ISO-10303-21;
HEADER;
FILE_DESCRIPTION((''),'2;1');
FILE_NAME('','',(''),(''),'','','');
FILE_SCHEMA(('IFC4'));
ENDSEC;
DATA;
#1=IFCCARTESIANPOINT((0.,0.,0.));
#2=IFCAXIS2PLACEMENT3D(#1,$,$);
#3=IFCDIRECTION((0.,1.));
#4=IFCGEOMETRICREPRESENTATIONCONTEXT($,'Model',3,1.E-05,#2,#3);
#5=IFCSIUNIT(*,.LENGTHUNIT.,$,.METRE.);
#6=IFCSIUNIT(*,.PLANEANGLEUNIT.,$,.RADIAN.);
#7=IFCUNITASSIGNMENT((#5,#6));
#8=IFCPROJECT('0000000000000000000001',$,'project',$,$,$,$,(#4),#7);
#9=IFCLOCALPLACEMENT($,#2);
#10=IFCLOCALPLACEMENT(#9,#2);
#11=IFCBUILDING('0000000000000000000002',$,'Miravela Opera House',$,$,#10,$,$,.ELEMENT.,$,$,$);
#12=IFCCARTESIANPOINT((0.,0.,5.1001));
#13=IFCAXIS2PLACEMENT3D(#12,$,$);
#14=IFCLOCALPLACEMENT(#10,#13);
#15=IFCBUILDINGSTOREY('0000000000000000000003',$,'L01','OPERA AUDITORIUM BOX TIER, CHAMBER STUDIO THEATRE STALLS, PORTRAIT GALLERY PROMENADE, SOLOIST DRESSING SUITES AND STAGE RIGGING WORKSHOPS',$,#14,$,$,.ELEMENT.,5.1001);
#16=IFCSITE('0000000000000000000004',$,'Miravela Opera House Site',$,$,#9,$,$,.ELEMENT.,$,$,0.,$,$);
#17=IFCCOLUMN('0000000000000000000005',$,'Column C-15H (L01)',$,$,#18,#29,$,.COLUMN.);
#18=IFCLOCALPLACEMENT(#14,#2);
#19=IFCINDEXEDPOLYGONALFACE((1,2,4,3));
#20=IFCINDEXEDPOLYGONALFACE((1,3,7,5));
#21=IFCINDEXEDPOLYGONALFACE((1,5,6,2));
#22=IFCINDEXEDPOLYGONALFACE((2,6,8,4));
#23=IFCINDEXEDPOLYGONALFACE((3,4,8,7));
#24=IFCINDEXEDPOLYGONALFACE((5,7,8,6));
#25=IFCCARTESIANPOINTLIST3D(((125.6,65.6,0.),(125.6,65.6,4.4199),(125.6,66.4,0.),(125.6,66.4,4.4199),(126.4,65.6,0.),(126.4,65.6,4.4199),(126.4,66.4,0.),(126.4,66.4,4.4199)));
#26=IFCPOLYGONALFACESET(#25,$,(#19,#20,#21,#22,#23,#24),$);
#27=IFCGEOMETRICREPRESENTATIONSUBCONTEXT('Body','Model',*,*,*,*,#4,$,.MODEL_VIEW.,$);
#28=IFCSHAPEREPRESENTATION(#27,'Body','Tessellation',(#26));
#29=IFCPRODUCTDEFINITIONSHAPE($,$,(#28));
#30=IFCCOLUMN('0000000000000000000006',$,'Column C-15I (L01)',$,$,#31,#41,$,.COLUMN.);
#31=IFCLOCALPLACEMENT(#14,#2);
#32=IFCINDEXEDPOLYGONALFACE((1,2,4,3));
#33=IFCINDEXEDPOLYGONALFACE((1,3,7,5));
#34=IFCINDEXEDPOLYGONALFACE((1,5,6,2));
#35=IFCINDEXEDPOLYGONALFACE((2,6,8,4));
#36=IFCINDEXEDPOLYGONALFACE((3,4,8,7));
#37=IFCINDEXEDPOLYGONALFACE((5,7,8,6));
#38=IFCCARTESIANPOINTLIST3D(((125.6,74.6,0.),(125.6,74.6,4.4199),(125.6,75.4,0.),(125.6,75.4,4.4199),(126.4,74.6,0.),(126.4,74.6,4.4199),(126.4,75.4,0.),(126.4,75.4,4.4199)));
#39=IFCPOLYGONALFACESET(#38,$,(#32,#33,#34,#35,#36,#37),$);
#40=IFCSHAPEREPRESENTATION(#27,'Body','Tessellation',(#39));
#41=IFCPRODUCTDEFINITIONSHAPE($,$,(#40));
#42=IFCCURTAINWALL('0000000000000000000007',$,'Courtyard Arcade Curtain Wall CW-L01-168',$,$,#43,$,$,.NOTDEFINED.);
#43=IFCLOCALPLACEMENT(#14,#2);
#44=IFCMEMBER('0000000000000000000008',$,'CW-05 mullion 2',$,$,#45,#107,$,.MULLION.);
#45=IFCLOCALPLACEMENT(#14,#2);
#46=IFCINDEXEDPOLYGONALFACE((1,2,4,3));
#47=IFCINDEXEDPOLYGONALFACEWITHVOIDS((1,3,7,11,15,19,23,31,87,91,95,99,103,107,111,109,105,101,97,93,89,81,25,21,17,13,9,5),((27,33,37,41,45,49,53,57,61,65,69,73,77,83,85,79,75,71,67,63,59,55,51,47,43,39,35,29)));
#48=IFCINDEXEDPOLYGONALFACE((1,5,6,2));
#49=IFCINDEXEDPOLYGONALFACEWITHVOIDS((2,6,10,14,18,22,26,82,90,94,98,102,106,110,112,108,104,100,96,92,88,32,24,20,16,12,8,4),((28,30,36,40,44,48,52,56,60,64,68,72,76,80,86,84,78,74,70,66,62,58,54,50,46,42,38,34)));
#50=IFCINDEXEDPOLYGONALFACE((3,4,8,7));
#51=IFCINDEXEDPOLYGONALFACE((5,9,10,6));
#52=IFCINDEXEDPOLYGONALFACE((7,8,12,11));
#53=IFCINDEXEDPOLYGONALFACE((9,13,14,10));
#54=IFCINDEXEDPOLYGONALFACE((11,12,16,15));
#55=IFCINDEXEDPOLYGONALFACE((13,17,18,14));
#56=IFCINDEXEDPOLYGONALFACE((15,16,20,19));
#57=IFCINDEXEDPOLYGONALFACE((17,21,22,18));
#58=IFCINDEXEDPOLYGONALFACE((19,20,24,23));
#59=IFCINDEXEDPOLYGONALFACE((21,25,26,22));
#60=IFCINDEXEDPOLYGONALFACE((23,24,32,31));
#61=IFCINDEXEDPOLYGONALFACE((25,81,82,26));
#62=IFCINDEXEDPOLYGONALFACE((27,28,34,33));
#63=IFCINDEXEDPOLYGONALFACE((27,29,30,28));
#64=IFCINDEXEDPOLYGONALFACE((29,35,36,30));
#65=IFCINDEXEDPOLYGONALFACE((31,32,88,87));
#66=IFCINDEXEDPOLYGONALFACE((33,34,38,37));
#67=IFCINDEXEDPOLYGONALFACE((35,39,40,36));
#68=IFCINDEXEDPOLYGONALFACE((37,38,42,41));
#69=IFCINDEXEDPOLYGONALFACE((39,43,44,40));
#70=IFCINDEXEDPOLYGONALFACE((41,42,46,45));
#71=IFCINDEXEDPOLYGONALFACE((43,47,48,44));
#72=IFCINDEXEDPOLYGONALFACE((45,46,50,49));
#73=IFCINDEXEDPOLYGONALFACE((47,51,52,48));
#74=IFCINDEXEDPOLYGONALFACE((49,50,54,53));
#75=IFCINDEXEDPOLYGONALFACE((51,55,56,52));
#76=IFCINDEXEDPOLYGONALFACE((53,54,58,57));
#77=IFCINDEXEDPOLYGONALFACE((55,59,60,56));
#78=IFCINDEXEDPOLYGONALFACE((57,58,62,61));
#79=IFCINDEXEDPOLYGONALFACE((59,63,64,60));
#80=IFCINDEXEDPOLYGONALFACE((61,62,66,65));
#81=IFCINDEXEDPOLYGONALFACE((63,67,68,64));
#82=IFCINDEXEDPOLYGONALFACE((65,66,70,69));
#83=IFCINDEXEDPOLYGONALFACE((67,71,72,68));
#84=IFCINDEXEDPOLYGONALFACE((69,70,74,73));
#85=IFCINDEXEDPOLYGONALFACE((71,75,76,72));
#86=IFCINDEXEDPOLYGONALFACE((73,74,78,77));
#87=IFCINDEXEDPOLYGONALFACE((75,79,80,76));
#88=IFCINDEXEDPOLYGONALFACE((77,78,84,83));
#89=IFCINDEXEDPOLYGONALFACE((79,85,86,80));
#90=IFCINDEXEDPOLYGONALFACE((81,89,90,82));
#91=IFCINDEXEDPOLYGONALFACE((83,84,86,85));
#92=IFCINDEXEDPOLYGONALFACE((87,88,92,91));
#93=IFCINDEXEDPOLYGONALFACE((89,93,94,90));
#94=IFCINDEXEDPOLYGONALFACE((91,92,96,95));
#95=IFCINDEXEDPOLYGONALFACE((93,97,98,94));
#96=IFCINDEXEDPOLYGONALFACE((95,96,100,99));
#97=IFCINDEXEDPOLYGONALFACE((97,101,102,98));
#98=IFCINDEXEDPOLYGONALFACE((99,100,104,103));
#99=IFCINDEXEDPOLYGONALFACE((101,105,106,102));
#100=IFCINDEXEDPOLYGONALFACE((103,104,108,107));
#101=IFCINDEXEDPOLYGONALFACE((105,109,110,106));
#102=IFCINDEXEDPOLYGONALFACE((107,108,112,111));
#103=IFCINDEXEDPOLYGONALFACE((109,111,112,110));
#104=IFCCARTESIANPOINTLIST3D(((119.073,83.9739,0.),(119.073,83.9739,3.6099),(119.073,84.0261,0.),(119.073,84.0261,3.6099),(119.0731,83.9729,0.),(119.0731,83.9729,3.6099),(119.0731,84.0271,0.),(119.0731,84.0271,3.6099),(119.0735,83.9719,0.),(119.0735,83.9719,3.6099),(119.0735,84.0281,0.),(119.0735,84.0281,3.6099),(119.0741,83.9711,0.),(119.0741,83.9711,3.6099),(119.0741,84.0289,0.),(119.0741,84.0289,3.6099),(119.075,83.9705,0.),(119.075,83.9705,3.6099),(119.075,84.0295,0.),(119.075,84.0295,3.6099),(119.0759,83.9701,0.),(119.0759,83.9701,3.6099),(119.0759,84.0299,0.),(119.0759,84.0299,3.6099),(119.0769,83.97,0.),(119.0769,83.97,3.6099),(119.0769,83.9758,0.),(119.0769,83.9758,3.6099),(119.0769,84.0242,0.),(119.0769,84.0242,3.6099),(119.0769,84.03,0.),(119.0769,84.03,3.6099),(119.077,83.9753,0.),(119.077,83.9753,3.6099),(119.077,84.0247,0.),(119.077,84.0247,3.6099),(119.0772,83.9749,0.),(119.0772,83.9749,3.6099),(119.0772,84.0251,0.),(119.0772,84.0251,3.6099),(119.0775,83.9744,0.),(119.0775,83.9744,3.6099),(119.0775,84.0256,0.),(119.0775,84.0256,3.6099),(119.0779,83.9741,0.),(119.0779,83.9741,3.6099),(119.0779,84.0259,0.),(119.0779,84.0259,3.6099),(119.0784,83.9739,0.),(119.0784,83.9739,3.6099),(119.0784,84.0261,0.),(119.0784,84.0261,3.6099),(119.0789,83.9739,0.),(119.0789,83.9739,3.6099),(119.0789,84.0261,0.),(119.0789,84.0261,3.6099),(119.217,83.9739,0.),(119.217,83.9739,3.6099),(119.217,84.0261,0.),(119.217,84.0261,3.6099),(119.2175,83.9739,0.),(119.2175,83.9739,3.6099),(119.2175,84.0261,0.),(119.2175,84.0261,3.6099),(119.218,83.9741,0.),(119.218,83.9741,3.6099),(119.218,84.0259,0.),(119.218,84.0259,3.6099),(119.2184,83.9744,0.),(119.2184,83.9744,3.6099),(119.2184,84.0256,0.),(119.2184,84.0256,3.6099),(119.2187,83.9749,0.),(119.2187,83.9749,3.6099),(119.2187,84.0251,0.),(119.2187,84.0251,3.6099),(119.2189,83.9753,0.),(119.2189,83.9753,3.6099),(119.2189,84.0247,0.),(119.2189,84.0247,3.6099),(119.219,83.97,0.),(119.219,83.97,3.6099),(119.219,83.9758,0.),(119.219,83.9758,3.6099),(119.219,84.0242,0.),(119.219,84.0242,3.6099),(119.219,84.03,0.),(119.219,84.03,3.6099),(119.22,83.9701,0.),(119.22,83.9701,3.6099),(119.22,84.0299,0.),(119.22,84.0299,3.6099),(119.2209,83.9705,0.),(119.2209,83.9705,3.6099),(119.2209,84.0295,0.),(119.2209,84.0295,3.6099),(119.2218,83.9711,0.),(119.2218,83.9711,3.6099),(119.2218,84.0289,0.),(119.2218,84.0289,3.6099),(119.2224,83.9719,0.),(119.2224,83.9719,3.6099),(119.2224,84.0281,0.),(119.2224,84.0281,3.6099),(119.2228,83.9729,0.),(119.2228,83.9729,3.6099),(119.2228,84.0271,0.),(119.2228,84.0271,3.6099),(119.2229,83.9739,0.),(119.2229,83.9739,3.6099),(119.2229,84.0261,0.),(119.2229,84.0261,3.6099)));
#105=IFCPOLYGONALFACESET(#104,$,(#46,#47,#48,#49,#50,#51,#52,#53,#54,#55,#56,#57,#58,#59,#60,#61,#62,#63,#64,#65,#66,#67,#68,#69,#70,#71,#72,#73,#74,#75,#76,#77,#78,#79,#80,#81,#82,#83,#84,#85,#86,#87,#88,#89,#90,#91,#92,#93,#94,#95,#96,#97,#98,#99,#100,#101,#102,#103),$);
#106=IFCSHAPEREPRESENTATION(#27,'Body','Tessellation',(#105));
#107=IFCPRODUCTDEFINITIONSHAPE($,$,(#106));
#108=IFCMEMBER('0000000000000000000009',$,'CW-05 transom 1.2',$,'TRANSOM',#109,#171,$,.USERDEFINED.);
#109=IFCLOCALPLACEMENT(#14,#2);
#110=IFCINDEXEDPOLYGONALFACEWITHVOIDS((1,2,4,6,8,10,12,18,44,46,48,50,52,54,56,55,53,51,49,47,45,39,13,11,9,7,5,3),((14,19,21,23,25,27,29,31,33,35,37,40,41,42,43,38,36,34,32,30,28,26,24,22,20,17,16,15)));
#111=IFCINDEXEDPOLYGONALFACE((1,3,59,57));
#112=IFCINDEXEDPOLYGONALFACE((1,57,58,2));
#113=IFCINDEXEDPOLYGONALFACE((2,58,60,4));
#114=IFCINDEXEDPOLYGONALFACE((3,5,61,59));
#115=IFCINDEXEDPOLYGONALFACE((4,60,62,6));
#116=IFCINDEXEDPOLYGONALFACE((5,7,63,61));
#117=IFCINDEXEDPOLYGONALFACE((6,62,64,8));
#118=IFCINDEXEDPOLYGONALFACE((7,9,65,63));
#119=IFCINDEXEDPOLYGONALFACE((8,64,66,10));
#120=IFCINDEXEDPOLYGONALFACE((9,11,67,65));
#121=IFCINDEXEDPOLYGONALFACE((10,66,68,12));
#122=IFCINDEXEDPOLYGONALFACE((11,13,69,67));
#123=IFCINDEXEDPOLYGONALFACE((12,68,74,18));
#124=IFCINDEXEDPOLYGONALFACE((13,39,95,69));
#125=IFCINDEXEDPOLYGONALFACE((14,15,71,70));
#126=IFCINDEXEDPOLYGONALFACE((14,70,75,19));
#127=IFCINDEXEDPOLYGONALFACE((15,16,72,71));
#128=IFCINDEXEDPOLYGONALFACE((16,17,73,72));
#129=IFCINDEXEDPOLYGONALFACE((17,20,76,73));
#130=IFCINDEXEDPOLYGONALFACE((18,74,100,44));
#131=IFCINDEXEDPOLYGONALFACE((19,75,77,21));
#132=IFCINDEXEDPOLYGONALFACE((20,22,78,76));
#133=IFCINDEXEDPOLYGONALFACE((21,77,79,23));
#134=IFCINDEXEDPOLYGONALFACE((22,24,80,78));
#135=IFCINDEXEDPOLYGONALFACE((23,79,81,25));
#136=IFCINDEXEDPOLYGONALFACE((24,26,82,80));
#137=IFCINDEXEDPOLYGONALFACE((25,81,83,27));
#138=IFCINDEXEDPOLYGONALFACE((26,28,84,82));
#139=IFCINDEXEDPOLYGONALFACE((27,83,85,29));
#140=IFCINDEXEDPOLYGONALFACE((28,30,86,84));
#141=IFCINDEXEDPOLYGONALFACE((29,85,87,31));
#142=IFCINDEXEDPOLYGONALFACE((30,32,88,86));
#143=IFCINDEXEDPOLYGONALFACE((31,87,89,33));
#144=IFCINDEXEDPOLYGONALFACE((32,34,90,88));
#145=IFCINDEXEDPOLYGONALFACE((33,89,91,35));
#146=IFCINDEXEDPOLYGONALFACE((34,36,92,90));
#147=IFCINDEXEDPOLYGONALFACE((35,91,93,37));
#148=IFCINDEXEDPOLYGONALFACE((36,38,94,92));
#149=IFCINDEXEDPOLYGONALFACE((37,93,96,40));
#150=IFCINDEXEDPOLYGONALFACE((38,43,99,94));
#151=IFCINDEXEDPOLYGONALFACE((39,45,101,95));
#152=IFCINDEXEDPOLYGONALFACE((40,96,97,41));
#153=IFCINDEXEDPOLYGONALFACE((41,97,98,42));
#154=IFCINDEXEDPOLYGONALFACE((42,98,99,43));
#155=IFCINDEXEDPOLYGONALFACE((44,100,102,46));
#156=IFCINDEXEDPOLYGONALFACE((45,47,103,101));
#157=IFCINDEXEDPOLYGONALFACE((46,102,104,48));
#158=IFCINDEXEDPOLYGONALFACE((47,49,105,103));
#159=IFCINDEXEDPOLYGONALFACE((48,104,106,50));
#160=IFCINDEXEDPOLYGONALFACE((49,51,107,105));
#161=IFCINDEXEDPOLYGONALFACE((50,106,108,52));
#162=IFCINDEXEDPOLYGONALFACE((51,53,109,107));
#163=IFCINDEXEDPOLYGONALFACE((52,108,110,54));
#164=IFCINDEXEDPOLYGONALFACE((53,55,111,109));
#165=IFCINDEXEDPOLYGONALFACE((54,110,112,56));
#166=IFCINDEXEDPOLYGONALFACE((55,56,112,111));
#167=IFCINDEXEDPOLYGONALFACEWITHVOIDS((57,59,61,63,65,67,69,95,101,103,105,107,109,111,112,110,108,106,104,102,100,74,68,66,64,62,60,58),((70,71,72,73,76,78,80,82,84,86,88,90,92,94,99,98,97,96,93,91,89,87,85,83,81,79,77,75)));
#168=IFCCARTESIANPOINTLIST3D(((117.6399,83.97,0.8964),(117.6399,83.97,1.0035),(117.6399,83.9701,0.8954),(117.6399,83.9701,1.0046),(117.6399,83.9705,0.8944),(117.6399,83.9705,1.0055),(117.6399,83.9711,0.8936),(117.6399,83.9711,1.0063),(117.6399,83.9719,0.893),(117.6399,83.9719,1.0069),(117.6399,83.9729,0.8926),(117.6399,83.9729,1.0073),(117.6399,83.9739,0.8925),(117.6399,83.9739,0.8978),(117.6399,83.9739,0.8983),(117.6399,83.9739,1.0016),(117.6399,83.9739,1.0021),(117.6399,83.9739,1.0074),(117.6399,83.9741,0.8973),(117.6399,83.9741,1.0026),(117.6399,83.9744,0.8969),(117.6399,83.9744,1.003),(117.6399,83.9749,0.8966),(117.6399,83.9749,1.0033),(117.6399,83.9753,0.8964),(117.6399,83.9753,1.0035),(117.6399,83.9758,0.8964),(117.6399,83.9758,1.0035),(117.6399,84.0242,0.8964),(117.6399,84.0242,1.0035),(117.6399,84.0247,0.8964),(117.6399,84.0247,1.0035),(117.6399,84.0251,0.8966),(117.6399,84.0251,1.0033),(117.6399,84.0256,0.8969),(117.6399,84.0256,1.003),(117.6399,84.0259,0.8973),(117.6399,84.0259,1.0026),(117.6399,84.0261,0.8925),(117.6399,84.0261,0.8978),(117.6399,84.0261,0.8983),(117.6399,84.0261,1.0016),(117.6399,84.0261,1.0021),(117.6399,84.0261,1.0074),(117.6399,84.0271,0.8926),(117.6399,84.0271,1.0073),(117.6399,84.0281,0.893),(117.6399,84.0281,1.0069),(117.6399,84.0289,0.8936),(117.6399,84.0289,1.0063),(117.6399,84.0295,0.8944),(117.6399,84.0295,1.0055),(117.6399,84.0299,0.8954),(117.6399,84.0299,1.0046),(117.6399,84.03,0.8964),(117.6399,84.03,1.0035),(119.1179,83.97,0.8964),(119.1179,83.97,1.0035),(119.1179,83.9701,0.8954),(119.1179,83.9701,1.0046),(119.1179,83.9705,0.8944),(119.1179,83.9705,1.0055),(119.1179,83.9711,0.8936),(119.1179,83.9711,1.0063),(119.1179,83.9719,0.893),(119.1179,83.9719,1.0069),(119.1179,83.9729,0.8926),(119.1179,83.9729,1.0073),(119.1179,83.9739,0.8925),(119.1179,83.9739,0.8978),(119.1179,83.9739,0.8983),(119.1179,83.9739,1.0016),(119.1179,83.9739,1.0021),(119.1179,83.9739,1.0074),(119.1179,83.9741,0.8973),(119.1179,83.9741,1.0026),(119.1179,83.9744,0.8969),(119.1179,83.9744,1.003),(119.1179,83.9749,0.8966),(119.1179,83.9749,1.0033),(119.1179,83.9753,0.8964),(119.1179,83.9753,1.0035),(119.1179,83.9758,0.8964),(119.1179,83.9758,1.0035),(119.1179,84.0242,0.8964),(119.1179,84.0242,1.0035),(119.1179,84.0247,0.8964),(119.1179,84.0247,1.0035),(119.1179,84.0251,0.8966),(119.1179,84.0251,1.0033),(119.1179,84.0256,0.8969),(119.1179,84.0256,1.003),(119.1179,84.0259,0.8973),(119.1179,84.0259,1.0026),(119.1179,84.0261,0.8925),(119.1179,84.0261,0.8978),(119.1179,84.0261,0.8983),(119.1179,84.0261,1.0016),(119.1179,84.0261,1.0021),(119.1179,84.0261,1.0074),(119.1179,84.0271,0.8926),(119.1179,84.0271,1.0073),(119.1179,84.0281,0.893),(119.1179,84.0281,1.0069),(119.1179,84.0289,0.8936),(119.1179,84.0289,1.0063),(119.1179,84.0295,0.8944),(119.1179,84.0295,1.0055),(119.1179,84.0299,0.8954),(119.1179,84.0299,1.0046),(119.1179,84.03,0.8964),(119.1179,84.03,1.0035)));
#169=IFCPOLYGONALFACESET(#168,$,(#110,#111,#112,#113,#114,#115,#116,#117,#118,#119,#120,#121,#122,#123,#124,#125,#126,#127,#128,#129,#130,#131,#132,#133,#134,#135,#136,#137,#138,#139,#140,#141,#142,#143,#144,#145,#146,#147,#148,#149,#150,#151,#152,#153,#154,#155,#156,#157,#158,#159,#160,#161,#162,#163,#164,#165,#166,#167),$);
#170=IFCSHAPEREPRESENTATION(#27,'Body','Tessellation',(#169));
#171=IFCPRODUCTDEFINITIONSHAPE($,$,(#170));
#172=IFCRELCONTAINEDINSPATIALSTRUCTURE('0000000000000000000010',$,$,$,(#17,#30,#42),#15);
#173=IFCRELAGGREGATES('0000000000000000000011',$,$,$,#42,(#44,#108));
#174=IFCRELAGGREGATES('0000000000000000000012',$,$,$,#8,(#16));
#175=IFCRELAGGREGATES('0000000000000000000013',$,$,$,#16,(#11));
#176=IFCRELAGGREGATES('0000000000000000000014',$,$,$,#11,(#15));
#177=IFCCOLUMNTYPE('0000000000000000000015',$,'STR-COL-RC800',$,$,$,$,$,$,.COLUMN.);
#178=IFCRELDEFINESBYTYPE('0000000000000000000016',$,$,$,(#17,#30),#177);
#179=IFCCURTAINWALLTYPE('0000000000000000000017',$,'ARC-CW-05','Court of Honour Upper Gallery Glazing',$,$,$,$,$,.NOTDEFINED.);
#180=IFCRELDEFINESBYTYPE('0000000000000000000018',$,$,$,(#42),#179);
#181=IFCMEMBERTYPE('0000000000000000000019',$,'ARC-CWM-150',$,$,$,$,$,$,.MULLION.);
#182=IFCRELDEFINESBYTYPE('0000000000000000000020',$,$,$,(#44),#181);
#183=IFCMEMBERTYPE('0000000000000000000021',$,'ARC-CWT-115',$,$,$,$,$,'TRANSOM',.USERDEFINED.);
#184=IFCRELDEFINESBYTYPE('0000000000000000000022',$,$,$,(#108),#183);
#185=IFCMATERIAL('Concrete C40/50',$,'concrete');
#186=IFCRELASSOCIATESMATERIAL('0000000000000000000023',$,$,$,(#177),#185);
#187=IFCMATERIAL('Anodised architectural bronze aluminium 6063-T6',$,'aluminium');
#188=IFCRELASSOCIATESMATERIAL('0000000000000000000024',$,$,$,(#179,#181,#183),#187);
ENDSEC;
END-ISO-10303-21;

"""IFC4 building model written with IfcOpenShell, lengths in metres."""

from ifc_helpers import new_model, si_unit, direction, frame, origin, origin_2d, place, context, subcontext, project, spatial, rectangle, hollow_rectangle, extrude, material, material_profile, profile_set, type_object, element, aggregate, save


model = new_model("IFC4")

# Units and contexts
model_context = context("Model", 3, precision=1e-05, world=origin(), true_north=direction((0.0, 1.0)))
body_context = subcontext(model_context, "Body", "Model", "MODEL_VIEW")
ifc_project = project(units=[si_unit("LENGTHUNIT", "METRE"), si_unit("PLANEANGLEUNIT", "RADIAN")], contexts=[model_context])

# Site, building, storey
site_placement = place(None, origin())
site = spatial("IfcSite", under=ifc_project, at=site_placement, Name="Miravela Opera House Site", CompositionType="ELEMENT", RefElevation=0.0)
building_placement = place(site_placement, origin())
building = spatial("IfcBuilding", under=site, at=building_placement, Name="Miravela Opera House", CompositionType="ELEMENT")
storey_placement = place(building_placement, frame((0.0, 0.0, 5.1001)))
storey = spatial("IfcBuildingStorey", under=building, at=storey_placement, Name="L01", Description="OPERA AUDITORIUM BOX TIER, CHAMBER STUDIO THEATRE STALLS, PORTRAIT GALLERY PROMENADE, SOLOIST DRESSING SUITES AND STAGE RIGGING WORKSHOPS", CompositionType="ELEMENT", Elevation=5.1001)

# Columns
ifc_material_1 = material(Name="Concrete C40/50", Category="concrete")
ifc_material_profile_1 = material_profile(ifc_material_1, rectangle(XDim=0.8, YDim=0.8, at=origin_2d()), Name="RC-COL-800X800")
ifc_profile_set_1 = profile_set([ifc_material_profile_1])
column_type = type_object("IfcColumnType", Name="STR-COL-RC800", PredefinedType="COLUMN", material=ifc_profile_set_1)
for number, where, z_axis, x_axis, name in (
    (1, (126.0, 66.0, 0.0), (0.0, 0.0, 1.0), (1.0, 0.0, 0.0), "Column C-15H (L01)"),
    (2, (126.0, 75.0, 0.0), (0.0, 0.0, 1.0), (1.0, 0.0, 0.0), "Column C-15I (L01)"),
):
    element("IfcColumn", number, at=place(storey_placement, frame(where, z_axis=z_axis, x_axis=x_axis)), inside=storey, type_object=column_type, Name=name, PredefinedType="COLUMN", context=body_context, shape_type="SweptSolid", body=[
        extrude(rectangle(XDim=0.8, YDim=0.8, at=origin_2d()), origin(), (0.0, 0.0, 1.0), 4.4199),
    ])

# Curtain wall, members
ifc_material_2 = material(Name="Anodised architectural bronze aluminium 6063-T6", Category="aluminium")
curtain_wall_type = type_object("IfcCurtainWallType", Name="ARC-CW-05", Description="Court of Honour Upper Gallery Glazing", PredefinedType="NOTDEFINED", material=ifc_material_2)
curtain_wall_placement = place(storey_placement, origin())
curtain_wall = element("IfcCurtainWall", 3, at=curtain_wall_placement, inside=storey, type_object=curtain_wall_type, Name="Courtyard Arcade Curtain Wall CW-L01-168", PredefinedType="NOTDEFINED")
ifc_material_profile_2 = material_profile(ifc_material_2, hollow_rectangle(XDim=0.0601, YDim=0.1499, WallThickness=0.0039, InnerFilletRadius=0.002, OuterFilletRadius=0.0039, at=origin_2d()), Name="CWM-60X150")
ifc_profile_set_2 = profile_set([ifc_material_profile_2])
member_type_1 = type_object("IfcMemberType", Name="ARC-CWM-150", PredefinedType="MULLION", material=ifc_profile_set_2)
member_1_placement = place(storey_placement, frame((119.1479, 84.0, 0.0), z_axis=(0.0, 0.0, 1.0), x_axis=(0.0, 1.0, 0.0)))
member_1 = element("IfcMember", 4, at=member_1_placement, type_object=member_type_1, Name="CW-05 mullion 2", PredefinedType="MULLION", context=body_context, shape_type="SweptSolid", body=[
    extrude(hollow_rectangle(XDim=0.0601, YDim=0.1499, WallThickness=0.0039, InnerFilletRadius=0.002, OuterFilletRadius=0.0039, at=origin_2d()), origin(), (0.0, 0.0, 1.0), 3.6099),
])
ifc_material_profile_3 = material_profile(ifc_material_2, hollow_rectangle(XDim=0.0601, YDim=0.115, WallThickness=0.0039, InnerFilletRadius=0.002, OuterFilletRadius=0.0039, at=origin_2d()), Name="CWT-60X115")
ifc_profile_set_3 = profile_set([ifc_material_profile_3])
member_type_2 = type_object("IfcMemberType", Name="ARC-CWT-115", ElementType="TRANSOM", PredefinedType="USERDEFINED", material=ifc_profile_set_3)
member_2_placement = place(storey_placement, frame((117.6399, 84.0, 0.95), z_axis=(1.0, 0.0, 0.0), x_axis=(0.0, 1.0, 0.0)))
member_2 = element("IfcMember", 5, at=member_2_placement, type_object=member_type_2, Name="CW-05 transom 1.2", ObjectType="TRANSOM", PredefinedType="USERDEFINED", context=body_context, shape_type="SweptSolid", body=[
    extrude(hollow_rectangle(XDim=0.0601, YDim=0.115, WallThickness=0.0039, InnerFilletRadius=0.002, OuterFilletRadius=0.0039, at=origin_2d()), origin(), (0.0, 0.0, 1.0), 1.478),
])

aggregate(curtain_wall, [member_1, member_2])

save(model, "model.ifc")
